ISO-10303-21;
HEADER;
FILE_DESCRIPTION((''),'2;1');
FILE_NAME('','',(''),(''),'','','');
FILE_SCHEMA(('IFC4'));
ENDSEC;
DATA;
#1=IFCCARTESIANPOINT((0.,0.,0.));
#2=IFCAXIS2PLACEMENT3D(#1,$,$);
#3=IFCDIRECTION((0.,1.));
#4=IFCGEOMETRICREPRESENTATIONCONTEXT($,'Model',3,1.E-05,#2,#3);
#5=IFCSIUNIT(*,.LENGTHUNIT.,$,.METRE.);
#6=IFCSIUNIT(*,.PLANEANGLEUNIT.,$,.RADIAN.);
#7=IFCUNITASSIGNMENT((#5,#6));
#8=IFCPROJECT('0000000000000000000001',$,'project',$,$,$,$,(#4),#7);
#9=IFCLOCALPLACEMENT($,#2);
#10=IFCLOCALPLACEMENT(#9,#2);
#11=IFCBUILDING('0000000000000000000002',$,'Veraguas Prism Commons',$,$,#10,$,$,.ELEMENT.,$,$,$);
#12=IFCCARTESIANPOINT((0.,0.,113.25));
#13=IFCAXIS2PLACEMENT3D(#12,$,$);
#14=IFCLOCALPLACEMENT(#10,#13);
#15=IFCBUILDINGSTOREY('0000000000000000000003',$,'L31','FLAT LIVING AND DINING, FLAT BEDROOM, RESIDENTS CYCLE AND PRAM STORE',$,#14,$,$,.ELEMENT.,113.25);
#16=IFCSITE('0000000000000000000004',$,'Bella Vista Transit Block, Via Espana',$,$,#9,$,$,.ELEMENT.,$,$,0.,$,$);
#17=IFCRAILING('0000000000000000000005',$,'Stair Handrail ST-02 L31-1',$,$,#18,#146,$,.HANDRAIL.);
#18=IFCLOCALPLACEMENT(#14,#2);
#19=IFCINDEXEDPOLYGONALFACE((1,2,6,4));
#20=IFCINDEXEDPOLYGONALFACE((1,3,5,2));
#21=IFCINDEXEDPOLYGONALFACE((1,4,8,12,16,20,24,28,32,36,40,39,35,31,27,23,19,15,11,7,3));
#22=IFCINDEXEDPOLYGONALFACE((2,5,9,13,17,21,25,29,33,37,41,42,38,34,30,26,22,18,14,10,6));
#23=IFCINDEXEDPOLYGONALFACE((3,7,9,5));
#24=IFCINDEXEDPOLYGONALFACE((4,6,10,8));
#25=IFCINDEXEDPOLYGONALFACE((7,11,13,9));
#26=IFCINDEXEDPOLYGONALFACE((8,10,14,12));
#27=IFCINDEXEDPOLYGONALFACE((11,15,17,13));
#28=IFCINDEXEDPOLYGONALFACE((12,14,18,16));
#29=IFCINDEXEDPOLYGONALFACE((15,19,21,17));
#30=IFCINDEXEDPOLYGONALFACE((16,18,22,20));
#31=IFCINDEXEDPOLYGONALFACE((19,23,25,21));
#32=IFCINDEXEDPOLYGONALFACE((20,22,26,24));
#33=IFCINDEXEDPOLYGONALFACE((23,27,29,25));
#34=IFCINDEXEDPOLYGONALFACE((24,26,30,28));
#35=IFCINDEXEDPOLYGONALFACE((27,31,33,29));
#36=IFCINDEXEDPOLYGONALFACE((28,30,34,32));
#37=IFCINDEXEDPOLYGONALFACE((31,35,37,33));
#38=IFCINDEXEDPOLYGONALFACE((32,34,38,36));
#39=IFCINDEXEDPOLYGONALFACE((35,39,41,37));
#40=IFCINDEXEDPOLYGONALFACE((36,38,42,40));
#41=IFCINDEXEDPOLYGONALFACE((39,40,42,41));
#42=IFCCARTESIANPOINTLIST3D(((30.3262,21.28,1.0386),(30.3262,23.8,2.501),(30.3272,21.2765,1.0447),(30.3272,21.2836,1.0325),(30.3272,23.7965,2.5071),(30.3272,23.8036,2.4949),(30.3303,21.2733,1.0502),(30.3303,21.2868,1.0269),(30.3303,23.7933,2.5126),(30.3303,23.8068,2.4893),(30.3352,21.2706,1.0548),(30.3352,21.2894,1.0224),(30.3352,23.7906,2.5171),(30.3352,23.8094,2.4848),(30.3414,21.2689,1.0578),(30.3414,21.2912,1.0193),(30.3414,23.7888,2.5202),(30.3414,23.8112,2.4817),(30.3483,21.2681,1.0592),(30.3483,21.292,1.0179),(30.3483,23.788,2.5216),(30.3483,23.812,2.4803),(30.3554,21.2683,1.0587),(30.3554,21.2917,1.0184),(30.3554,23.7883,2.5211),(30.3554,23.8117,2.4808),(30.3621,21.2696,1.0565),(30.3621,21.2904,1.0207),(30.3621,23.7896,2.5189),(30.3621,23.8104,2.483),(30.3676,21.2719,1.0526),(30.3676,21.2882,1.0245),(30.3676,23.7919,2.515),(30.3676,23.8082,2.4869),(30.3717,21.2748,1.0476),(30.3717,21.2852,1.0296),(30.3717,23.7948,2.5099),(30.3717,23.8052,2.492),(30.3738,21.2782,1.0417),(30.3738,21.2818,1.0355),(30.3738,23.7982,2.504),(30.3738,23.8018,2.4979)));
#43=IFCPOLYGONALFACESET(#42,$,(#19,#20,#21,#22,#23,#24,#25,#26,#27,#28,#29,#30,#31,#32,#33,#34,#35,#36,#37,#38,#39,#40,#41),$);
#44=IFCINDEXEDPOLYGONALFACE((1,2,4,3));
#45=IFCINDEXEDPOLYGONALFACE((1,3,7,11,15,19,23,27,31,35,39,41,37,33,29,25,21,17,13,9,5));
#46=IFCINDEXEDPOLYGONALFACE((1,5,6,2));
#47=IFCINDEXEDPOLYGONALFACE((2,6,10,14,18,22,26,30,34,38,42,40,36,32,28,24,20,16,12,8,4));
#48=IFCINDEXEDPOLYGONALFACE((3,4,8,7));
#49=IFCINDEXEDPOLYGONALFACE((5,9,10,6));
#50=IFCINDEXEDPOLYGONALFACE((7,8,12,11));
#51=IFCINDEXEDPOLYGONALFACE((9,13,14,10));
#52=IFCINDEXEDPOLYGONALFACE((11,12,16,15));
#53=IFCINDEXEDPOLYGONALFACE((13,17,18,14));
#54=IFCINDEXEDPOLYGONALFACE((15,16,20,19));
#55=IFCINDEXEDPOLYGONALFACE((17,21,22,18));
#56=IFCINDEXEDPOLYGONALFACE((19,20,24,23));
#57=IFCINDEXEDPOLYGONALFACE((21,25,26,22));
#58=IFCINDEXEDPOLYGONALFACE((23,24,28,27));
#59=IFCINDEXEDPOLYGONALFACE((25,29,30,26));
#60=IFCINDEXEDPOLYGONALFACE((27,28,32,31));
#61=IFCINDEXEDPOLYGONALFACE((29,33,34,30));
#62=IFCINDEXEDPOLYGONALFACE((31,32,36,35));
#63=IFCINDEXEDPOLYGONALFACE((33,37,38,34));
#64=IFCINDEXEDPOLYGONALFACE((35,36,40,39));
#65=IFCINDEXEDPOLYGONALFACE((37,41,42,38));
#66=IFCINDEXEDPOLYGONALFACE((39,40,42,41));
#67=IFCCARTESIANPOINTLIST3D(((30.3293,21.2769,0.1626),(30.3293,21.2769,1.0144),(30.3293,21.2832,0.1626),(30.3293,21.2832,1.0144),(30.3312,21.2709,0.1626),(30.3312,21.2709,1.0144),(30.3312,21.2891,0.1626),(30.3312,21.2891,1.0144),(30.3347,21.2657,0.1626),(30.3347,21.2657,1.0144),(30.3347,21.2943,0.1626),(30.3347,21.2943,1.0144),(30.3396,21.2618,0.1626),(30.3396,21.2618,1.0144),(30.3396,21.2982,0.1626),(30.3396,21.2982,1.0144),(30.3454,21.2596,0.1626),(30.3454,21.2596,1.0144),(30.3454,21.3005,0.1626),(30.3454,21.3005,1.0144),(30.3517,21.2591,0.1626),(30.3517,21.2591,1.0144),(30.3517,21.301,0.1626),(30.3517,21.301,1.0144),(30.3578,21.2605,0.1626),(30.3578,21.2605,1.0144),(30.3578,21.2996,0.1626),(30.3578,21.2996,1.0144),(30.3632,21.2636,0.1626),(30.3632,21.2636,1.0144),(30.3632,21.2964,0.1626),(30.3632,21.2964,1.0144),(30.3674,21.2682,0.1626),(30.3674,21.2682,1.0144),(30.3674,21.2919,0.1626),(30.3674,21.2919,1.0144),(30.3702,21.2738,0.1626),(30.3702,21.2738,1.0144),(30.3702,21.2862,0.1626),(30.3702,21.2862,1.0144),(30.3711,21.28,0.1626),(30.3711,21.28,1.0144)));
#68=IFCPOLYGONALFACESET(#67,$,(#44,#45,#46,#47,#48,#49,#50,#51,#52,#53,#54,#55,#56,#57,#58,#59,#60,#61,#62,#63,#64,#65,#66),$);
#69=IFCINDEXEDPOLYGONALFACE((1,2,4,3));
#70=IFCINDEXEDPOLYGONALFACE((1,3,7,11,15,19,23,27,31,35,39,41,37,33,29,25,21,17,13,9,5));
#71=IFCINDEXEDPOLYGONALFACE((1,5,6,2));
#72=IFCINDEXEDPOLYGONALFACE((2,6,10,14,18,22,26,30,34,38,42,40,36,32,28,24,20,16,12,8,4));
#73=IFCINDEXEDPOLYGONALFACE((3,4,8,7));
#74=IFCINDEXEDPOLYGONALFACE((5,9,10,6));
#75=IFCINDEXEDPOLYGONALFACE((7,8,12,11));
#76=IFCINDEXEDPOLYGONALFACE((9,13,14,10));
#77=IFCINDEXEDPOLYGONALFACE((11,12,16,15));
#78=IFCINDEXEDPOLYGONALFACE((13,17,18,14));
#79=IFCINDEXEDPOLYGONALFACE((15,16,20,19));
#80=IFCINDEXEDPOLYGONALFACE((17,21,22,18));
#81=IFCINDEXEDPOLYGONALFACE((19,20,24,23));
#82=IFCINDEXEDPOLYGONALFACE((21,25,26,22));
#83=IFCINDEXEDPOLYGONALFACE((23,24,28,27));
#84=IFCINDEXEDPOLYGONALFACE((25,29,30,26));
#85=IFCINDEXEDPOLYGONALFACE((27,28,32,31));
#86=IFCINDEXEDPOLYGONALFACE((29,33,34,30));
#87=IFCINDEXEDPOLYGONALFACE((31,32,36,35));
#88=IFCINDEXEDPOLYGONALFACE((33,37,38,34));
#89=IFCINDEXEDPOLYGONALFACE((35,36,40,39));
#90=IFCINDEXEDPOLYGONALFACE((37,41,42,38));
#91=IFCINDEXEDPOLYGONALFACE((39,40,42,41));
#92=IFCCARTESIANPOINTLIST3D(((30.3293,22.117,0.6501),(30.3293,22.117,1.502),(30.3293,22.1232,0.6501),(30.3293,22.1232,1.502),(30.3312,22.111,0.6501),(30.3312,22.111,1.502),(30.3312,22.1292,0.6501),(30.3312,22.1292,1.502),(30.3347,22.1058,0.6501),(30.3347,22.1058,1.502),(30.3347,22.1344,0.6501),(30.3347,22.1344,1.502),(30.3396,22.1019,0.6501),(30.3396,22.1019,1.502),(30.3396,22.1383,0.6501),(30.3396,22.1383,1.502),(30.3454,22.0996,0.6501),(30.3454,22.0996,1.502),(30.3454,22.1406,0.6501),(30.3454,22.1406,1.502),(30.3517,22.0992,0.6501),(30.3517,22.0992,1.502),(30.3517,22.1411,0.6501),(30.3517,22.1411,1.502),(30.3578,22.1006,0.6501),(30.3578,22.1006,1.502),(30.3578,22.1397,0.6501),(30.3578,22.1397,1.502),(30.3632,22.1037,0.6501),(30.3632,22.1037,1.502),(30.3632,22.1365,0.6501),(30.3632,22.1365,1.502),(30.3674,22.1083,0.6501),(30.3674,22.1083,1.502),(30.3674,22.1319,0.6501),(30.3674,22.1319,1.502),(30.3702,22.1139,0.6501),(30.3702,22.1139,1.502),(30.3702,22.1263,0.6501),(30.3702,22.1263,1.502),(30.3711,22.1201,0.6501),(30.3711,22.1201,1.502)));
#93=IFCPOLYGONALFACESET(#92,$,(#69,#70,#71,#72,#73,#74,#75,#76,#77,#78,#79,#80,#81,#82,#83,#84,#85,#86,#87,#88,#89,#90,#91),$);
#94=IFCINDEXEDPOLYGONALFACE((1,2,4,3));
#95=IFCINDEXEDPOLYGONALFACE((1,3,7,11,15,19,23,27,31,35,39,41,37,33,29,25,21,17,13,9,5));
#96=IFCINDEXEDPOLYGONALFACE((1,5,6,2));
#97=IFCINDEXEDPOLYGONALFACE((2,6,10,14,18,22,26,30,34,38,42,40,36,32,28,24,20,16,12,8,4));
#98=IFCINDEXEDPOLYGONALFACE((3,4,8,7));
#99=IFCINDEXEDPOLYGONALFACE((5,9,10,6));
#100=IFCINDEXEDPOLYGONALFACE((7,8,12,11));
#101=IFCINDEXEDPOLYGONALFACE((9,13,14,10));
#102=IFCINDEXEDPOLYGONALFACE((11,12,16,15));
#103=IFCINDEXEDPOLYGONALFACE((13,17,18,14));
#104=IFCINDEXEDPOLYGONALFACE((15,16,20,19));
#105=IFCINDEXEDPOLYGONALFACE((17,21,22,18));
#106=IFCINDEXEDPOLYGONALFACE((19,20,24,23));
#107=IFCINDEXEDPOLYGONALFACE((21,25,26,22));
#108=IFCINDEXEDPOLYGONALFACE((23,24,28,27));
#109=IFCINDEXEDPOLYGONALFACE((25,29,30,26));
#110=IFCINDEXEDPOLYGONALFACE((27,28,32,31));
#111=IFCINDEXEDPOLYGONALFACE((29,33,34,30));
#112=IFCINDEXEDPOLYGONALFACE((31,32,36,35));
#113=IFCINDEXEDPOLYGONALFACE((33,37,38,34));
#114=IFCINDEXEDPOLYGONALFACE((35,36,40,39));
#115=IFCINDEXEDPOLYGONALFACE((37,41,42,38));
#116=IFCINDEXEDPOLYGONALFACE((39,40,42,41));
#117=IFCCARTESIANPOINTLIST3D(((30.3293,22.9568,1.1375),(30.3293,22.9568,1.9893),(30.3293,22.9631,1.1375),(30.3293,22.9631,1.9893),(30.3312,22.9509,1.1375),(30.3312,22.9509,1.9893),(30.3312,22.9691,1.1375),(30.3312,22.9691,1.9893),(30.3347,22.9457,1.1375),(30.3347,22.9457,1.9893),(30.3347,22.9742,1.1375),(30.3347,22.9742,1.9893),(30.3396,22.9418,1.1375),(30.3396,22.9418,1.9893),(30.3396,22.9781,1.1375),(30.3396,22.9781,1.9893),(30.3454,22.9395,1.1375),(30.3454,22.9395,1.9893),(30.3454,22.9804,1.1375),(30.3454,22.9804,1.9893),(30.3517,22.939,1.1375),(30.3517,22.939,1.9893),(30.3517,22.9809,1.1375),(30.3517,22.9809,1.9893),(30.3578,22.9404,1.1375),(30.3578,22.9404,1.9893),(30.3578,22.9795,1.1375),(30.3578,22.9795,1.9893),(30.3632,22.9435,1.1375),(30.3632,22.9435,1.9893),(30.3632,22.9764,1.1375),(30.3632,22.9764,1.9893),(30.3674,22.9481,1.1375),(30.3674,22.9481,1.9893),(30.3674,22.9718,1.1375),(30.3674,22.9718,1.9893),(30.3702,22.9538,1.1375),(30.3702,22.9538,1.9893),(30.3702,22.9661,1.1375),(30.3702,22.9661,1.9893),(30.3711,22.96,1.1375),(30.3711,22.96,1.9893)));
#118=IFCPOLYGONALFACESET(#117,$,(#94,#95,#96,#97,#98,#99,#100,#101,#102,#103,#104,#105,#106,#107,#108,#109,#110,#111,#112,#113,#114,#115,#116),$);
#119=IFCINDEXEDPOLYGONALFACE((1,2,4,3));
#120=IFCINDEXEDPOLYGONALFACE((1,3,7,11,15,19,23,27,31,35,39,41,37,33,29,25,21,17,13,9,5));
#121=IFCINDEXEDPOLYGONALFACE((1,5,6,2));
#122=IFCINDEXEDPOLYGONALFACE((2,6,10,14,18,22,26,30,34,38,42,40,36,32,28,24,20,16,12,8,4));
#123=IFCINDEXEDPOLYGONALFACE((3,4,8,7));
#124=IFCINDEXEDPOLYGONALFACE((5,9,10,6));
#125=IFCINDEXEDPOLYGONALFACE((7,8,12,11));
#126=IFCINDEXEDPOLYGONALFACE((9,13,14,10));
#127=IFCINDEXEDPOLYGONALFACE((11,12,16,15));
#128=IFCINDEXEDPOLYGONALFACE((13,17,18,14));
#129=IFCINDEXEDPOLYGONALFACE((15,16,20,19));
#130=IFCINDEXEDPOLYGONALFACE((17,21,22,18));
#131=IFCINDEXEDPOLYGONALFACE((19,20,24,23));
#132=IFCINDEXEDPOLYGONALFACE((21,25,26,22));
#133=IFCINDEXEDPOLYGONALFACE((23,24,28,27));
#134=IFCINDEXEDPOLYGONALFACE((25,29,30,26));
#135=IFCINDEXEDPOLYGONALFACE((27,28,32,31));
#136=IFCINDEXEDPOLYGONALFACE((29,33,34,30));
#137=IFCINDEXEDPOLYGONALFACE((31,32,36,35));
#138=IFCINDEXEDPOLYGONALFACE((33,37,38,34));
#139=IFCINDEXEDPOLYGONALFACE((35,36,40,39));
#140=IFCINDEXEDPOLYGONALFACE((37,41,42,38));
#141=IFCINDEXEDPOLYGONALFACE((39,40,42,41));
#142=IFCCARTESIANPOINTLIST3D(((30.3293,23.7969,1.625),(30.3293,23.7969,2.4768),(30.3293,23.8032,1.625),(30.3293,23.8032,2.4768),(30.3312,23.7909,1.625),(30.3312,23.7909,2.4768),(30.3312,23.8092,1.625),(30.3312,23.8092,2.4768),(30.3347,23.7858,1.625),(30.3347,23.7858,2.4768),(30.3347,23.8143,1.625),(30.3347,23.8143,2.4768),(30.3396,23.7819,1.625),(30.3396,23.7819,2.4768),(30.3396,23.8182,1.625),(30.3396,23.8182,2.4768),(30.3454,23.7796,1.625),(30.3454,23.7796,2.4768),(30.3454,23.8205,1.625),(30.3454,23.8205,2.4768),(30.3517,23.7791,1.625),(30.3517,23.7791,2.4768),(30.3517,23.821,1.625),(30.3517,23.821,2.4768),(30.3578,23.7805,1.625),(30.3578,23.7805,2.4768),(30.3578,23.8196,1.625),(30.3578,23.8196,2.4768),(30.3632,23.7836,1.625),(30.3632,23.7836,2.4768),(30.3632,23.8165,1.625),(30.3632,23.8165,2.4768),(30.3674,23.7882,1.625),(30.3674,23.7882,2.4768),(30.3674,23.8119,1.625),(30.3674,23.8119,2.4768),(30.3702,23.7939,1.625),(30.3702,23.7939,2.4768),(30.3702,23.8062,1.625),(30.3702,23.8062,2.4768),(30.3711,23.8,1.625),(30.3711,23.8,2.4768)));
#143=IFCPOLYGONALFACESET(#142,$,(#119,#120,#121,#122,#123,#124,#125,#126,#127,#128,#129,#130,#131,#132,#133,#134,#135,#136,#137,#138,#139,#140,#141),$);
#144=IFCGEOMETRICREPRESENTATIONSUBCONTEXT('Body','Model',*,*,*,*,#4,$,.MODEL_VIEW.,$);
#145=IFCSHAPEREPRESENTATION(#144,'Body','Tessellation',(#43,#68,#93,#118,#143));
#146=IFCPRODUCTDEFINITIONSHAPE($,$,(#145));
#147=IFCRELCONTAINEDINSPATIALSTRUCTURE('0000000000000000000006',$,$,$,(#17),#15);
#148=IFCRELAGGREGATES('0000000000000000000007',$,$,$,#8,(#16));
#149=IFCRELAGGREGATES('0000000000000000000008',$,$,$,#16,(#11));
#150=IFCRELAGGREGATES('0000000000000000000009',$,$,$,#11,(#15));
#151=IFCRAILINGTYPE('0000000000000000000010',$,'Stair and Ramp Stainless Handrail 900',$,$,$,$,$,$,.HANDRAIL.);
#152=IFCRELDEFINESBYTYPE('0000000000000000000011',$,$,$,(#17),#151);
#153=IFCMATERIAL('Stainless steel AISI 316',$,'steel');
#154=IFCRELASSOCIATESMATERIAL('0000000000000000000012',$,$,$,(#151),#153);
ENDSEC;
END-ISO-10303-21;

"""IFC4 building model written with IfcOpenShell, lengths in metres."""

from ifc_helpers import new_model, si_unit, direction, frame, origin, origin_2d, place, context, subcontext, project, spatial, circle, extrude, material, type_object, element, save


model = new_model("IFC4")

# Units and contexts
model_context = context("Model", 3, precision=1e-05, world=origin(), true_north=direction((0.0, 1.0)))
body_context = subcontext(model_context, "Body", "Model", "MODEL_VIEW")
ifc_project = project(units=[si_unit("LENGTHUNIT", "METRE"), si_unit("PLANEANGLEUNIT", "RADIAN")], contexts=[model_context])

# Site, building, storey
site_placement = place(None, origin())
site = spatial("IfcSite", under=ifc_project, at=site_placement, Name="Bella Vista Transit Block, Via Espana", CompositionType="ELEMENT", RefElevation=0.0)
building_placement = place(site_placement, origin())
building = spatial("IfcBuilding", under=site, at=building_placement, Name="Veraguas Prism Commons", CompositionType="ELEMENT")
storey_placement = place(building_placement, frame((0.0, 0.0, 113.25)))
storey = spatial("IfcBuildingStorey", under=building, at=storey_placement, Name="L31", Description="FLAT LIVING AND DINING, FLAT BEDROOM, RESIDENTS CYCLE AND PRAM STORE", CompositionType="ELEMENT", Elevation=113.25)

# Shared definitions
ifc_material_1 = material(Name="Stainless steel AISI 316", Category="steel")

# Railing
railing_type_1 = type_object("IfcRailingType", Name="Stair and Ramp Stainless Handrail 900", PredefinedType="HANDRAIL", material=ifc_material_1)
railing_1_placement = place(storey_placement, frame((30.3501, 21.28, 0.1626)))
element("IfcRailing", 1, at=railing_1_placement, inside=storey, type_object=railing_type_1, Name="Stair Handrail ST-02 L31-1", PredefinedType="HANDRAIL", context=body_context, shape_type="SweptSolid", body=[
    extrude(circle(Radius=0.0239, at=origin_2d()), frame((0.0, 0.0, 0.876), z_axis=(0.0, 0.864913, 0.501921), x_axis=(-1.0, 0.0, 0.0)), (0.0, 0.0, 1.0), 2.9136),
    extrude(circle(Radius=0.021, at=origin_2d()), origin(), (0.0, 0.0, 1.0), 0.8518),
    extrude(circle(Radius=0.021, at=origin_2d()), frame((0.0, 0.8401, 0.4875)), (0.0, 0.0, 1.0), 0.8518),
    extrude(circle(Radius=0.021, at=origin_2d()), frame((0.0, 1.6799, 0.9749)), (0.0, 0.0, 1.0), 0.8518),
    extrude(circle(Radius=0.021, at=origin_2d()), frame((0.0, 2.52, 1.4624)), (0.0, 0.0, 1.0), 0.8518),
])

save(model, "model.ifc")
